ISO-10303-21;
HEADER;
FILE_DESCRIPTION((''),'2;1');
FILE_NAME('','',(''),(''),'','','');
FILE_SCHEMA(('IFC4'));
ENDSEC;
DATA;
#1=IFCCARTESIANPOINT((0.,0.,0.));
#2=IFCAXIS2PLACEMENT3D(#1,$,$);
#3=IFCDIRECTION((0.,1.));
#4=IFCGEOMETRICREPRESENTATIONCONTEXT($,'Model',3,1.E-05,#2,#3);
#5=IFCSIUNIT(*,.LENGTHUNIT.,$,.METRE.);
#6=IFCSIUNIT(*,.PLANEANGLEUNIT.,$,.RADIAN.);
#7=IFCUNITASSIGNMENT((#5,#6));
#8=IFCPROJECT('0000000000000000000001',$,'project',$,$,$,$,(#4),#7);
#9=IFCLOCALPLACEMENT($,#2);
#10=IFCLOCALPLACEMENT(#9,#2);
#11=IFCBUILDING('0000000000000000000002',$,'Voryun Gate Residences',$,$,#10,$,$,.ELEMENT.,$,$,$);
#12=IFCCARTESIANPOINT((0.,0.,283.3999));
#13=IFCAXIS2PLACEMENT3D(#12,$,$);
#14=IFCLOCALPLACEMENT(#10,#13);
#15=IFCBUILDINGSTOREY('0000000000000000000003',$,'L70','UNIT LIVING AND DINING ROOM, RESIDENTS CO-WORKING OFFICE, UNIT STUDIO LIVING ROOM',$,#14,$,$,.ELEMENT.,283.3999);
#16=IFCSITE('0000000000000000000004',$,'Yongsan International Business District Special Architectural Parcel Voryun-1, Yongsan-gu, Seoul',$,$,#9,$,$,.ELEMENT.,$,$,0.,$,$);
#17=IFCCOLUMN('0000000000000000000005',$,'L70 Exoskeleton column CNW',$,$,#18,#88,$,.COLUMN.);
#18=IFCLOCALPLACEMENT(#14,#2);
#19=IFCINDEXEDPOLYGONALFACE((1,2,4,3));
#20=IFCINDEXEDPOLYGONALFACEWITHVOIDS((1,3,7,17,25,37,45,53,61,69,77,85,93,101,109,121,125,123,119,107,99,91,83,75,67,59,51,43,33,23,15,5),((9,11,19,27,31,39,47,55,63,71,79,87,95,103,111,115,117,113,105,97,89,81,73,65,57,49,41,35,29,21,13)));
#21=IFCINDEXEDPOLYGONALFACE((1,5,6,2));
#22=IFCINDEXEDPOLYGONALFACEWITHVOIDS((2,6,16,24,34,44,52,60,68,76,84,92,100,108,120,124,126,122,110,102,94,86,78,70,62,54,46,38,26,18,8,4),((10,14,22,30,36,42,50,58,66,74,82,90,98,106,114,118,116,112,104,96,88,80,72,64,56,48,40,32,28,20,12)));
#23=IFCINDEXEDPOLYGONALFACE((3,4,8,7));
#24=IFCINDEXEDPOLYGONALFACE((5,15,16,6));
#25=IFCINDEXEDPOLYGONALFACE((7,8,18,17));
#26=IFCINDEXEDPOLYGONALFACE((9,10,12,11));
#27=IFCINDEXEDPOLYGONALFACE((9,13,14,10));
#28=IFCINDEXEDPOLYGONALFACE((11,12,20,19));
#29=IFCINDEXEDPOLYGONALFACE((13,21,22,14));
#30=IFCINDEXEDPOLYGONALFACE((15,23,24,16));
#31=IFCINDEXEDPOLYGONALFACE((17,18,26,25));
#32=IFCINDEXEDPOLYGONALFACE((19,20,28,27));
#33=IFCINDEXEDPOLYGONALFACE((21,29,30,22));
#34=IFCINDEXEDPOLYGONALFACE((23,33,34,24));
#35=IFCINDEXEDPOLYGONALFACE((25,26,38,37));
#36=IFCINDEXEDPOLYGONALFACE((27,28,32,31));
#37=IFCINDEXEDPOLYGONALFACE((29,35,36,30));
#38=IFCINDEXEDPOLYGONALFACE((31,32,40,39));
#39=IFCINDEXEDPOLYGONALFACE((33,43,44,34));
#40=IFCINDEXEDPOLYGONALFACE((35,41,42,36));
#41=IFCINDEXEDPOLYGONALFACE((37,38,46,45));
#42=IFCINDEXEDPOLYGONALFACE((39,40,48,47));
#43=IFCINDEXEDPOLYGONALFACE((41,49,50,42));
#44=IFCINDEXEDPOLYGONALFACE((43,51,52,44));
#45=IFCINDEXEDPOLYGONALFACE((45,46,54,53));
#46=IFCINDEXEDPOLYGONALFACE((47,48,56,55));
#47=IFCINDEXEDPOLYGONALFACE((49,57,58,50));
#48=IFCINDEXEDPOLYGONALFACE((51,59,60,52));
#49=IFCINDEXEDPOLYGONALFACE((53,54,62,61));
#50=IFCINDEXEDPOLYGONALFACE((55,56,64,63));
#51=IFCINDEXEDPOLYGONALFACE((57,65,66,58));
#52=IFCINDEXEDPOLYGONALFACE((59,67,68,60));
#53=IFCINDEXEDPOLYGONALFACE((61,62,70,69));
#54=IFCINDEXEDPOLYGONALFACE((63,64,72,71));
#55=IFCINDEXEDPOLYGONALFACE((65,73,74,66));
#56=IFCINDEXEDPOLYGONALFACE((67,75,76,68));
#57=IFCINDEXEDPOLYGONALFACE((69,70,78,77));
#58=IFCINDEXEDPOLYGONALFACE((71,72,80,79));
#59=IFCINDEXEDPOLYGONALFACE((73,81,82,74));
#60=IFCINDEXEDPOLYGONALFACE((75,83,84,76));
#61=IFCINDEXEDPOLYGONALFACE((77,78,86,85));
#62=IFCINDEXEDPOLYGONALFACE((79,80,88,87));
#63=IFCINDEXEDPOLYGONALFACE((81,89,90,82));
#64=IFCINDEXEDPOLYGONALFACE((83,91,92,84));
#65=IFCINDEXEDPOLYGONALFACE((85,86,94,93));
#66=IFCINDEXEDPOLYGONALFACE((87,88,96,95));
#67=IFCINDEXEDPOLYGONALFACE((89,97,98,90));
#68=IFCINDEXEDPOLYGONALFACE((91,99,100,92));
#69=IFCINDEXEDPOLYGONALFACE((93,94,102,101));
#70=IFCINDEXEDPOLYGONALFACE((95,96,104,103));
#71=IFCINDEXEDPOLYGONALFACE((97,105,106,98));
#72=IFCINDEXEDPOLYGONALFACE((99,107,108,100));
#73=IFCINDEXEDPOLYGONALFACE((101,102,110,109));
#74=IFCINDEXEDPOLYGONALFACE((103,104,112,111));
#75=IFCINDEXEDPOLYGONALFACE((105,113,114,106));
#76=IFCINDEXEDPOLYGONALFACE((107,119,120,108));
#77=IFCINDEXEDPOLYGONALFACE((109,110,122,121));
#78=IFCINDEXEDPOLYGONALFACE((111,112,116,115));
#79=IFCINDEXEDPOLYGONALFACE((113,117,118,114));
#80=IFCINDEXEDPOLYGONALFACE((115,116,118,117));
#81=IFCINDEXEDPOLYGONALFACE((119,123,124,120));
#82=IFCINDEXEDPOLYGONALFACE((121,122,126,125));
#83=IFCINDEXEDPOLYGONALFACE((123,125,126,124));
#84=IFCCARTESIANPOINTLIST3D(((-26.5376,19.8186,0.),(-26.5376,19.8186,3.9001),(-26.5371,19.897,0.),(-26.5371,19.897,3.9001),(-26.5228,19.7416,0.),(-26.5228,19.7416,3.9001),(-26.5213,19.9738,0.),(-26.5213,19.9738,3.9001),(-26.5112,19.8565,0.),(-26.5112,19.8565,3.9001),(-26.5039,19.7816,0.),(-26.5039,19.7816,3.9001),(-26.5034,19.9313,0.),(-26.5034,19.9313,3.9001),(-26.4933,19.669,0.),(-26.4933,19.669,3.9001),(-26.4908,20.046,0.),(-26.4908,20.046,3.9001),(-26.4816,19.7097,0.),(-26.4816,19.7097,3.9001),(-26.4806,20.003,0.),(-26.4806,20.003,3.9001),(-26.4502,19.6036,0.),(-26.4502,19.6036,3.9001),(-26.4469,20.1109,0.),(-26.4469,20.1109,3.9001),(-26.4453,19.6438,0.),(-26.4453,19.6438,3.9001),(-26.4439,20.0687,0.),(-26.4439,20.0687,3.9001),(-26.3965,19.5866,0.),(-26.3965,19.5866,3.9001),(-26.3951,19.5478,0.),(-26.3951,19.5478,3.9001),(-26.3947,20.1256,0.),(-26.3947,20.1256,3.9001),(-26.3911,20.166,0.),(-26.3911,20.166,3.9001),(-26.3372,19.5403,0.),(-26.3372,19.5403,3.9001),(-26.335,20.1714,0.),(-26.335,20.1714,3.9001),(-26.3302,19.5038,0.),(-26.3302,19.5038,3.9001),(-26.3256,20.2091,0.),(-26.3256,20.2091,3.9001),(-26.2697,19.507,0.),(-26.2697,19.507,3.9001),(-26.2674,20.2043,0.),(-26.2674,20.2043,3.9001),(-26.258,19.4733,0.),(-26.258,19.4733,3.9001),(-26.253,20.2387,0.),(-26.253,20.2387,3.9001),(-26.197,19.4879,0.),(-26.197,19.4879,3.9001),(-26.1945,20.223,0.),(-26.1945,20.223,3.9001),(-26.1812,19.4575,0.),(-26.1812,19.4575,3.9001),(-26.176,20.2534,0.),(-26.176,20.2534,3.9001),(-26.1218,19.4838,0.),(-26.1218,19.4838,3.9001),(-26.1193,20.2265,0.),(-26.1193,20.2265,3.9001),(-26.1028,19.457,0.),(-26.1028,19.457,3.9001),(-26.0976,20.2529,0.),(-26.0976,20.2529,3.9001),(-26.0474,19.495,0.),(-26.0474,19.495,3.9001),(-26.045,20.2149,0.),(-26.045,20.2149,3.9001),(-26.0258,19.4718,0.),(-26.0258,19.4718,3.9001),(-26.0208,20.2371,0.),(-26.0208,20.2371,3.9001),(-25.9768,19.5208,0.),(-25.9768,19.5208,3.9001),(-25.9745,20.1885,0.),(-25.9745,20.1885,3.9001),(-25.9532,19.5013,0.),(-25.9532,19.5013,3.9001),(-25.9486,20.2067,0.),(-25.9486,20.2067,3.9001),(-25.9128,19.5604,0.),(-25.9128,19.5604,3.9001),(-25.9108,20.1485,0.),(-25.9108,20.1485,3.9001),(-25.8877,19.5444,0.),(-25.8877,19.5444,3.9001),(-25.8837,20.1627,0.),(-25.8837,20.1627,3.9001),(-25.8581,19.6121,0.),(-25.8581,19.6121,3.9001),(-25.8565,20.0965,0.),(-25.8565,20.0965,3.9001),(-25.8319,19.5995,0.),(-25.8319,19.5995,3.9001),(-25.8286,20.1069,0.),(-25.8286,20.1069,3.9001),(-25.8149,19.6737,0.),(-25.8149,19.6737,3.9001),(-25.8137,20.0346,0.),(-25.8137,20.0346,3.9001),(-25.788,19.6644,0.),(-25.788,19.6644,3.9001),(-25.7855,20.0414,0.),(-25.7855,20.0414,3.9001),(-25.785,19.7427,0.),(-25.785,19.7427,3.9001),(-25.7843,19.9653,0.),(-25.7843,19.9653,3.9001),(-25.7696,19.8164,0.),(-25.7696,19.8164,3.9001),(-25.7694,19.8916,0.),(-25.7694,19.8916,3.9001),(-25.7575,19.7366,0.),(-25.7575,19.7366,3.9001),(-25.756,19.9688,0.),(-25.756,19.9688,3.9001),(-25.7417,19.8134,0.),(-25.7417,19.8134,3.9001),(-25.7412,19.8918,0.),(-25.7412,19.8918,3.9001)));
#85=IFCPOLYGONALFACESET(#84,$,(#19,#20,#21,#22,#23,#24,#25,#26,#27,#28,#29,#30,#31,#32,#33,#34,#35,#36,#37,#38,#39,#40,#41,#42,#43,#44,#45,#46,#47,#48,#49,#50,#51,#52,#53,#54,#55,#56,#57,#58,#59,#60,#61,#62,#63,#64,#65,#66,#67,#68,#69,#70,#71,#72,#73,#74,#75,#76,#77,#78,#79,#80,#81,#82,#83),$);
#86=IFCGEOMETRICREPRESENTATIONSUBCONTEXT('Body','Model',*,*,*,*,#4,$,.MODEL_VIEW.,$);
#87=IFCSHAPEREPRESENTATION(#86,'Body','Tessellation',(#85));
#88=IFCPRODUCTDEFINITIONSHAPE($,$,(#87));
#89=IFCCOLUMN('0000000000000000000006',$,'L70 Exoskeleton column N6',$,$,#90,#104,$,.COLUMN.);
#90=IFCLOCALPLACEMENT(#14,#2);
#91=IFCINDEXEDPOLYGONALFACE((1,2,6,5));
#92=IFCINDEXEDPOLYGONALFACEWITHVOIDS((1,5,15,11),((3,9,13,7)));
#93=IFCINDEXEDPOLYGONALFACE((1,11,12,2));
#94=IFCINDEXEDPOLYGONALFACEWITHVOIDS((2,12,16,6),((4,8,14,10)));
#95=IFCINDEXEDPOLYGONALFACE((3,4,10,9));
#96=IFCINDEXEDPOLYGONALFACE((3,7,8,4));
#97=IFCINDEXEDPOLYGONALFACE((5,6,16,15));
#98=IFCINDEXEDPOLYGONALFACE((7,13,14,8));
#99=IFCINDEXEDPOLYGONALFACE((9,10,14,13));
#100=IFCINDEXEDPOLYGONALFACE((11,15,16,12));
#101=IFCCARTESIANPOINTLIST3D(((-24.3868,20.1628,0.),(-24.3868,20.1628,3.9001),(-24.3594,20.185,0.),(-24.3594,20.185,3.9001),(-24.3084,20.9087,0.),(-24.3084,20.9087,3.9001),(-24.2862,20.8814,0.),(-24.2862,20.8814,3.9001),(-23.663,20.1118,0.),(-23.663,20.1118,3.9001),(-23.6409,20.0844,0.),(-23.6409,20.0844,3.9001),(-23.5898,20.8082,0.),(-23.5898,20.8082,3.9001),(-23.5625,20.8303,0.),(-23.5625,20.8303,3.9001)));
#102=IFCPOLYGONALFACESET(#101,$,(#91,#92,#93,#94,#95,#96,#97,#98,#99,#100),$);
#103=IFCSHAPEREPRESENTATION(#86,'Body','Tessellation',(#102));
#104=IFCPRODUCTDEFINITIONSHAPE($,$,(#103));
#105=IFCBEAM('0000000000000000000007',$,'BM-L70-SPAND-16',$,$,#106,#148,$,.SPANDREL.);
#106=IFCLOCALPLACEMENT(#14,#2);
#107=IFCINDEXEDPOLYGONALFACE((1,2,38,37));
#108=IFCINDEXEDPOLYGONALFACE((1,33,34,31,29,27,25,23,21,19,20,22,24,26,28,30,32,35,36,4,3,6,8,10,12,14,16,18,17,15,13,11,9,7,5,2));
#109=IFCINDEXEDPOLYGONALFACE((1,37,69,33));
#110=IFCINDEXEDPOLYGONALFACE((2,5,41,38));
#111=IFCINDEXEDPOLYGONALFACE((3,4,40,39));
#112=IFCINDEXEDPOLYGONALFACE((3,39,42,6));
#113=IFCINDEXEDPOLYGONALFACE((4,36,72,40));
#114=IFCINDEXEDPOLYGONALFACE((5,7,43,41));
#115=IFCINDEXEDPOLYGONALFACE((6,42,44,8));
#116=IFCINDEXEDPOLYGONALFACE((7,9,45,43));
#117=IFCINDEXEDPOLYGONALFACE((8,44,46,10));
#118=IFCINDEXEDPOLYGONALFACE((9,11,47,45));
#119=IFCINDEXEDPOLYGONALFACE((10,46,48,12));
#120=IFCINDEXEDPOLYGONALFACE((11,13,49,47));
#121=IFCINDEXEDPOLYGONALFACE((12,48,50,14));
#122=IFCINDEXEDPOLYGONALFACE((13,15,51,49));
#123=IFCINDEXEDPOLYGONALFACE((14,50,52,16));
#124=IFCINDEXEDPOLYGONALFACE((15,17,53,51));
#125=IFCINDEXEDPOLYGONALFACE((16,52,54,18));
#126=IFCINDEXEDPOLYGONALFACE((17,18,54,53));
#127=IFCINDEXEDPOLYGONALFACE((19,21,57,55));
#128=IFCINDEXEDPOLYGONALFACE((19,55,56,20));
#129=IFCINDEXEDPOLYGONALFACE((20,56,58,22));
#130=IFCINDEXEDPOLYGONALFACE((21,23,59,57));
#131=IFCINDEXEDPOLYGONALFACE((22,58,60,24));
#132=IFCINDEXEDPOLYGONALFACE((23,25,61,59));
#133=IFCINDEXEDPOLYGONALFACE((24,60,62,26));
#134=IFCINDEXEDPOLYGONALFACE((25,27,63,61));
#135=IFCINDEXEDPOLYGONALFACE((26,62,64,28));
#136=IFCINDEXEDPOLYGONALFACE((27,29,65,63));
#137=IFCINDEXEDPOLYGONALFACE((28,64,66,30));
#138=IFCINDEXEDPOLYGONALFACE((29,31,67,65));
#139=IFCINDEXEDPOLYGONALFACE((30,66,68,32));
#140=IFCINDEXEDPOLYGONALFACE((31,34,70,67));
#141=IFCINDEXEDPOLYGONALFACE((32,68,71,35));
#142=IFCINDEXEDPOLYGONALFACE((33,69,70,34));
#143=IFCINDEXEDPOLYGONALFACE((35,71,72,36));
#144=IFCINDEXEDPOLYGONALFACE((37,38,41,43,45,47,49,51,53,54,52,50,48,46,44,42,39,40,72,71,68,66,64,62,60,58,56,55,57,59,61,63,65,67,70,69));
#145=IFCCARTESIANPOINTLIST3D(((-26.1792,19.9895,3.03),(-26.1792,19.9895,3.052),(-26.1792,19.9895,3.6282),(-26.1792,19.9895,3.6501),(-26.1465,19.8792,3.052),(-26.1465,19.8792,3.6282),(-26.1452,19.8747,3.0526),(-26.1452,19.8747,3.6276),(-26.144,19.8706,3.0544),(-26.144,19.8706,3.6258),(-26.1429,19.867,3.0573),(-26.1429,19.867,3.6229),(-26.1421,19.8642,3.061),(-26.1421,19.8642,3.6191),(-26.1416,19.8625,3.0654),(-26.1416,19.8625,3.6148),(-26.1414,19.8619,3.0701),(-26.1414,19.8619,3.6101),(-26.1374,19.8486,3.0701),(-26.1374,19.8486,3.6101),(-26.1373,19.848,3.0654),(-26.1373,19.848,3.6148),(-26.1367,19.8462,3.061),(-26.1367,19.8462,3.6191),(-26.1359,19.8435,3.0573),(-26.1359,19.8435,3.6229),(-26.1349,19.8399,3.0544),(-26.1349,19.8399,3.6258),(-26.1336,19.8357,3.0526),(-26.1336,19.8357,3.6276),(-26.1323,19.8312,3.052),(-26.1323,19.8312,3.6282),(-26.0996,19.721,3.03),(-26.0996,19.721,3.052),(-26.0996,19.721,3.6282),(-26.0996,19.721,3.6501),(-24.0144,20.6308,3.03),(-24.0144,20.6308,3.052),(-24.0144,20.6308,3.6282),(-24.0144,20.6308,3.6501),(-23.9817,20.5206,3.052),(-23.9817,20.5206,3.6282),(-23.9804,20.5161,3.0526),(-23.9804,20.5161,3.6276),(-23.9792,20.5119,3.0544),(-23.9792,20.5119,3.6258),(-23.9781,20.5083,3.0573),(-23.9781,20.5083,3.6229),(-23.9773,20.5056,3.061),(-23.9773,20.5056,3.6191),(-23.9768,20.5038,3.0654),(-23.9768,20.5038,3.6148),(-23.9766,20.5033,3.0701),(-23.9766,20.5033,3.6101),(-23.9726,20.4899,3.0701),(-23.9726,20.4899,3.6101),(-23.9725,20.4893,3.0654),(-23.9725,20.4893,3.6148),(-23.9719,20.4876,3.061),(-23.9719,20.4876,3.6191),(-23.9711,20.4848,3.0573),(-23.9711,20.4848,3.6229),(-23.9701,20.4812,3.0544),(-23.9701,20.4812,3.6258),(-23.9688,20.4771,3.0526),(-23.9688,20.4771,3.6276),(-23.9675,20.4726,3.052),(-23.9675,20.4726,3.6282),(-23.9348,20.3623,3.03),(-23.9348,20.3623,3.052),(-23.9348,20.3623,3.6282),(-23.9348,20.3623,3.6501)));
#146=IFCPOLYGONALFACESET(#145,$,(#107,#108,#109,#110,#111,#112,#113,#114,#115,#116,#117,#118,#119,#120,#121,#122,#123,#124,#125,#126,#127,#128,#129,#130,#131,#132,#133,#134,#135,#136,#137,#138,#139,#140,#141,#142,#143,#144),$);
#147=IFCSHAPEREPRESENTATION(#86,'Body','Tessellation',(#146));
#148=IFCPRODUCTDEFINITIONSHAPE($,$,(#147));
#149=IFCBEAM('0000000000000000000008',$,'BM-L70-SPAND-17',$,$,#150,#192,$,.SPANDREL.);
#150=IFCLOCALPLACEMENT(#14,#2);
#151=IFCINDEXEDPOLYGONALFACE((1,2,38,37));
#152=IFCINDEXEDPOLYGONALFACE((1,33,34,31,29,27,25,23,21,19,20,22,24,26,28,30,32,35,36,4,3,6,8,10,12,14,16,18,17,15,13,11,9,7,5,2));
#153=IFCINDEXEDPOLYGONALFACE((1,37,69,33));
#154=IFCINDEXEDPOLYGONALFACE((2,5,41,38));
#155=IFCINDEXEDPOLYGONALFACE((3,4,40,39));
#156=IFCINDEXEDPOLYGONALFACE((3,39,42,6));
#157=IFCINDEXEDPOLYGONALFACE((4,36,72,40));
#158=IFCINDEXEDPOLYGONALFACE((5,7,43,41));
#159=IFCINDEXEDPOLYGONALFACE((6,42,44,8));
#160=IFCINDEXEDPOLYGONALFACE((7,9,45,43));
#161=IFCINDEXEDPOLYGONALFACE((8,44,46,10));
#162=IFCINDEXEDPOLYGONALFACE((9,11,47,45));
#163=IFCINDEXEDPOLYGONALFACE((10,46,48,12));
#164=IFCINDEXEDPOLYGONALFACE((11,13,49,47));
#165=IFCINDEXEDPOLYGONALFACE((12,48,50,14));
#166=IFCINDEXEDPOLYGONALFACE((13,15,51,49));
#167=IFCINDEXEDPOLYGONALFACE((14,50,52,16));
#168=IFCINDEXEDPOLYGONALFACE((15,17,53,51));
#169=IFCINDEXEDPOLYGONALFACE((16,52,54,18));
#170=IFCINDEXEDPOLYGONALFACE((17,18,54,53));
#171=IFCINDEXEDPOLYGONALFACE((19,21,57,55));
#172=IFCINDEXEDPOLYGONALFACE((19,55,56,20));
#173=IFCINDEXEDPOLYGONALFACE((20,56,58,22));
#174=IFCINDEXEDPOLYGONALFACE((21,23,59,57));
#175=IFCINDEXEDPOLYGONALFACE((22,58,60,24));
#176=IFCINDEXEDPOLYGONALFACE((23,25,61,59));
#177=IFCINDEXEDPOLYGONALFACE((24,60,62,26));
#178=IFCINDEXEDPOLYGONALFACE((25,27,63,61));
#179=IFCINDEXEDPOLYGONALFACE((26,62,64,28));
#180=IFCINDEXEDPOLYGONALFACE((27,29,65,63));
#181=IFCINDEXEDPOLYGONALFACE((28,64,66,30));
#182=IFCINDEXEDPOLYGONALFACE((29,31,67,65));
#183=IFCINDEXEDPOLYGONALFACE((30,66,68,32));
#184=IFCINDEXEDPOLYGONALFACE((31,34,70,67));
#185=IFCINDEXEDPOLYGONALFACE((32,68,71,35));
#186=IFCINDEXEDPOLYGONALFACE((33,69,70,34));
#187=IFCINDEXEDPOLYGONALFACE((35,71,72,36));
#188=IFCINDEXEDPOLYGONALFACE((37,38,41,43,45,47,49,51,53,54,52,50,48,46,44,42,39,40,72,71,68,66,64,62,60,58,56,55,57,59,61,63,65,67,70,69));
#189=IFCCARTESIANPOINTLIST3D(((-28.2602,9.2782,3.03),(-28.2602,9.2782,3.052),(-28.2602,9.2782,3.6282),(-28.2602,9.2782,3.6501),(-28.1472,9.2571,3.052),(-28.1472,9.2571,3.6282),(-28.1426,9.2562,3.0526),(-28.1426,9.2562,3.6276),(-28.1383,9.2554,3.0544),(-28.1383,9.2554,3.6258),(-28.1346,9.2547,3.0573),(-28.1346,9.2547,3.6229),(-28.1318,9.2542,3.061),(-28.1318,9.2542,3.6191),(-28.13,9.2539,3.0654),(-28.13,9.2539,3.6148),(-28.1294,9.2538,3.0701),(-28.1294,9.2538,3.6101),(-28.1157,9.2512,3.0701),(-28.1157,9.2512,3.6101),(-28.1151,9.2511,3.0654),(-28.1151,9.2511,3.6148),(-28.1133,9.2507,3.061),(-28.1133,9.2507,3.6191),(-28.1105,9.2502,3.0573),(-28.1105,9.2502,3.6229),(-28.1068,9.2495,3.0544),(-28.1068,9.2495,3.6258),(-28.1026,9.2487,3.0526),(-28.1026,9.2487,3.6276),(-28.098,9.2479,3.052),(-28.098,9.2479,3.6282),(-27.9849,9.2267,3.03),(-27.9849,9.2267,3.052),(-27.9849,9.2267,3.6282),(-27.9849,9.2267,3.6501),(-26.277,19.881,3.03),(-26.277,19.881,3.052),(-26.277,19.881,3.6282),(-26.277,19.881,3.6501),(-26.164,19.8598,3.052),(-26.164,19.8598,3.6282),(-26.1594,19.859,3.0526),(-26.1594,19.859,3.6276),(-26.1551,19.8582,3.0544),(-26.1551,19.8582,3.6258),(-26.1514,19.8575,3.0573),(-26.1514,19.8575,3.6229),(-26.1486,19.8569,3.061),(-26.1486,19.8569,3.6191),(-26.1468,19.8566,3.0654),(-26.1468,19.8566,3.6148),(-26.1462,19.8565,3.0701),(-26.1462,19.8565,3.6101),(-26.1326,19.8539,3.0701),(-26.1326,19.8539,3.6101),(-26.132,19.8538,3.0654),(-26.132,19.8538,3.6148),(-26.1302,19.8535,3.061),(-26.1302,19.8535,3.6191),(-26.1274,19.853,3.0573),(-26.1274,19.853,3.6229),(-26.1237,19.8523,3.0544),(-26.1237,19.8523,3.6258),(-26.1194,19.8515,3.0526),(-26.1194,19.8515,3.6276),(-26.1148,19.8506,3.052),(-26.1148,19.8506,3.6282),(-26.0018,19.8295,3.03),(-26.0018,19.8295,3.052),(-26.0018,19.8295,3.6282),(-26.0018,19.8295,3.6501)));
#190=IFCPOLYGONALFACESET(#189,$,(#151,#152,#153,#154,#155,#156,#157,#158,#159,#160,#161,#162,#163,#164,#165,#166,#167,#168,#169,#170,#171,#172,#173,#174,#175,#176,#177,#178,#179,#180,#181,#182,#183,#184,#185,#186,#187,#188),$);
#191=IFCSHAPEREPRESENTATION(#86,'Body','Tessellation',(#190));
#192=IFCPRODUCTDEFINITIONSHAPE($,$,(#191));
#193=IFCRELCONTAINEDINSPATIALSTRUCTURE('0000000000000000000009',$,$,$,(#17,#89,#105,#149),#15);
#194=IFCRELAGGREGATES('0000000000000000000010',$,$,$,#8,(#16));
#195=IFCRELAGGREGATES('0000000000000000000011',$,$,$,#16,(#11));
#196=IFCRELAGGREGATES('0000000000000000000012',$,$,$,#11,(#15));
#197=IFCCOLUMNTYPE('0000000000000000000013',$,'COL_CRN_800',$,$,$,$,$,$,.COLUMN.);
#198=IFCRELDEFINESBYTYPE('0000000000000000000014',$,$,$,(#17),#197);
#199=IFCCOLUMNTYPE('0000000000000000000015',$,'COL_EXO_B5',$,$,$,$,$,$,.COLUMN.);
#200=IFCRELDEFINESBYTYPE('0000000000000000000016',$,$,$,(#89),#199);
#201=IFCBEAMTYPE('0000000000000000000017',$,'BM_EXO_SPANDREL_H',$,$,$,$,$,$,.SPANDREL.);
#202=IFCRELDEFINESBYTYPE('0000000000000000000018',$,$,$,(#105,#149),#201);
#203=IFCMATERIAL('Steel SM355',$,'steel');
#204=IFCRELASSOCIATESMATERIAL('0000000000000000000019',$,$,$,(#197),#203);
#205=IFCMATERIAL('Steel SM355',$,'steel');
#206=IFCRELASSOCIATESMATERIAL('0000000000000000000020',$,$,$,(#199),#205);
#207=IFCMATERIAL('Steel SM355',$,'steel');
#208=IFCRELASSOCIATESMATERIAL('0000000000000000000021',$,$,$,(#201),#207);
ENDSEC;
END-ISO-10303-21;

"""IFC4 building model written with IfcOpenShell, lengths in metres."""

from ifc_helpers import new_model, si_unit, direction, frame, origin, origin_2d, place, context, subcontext, project, spatial, hollow_rectangle, hollow_circle, i_section, extrude, material, material_profile, profile_set, type_object, element, save


model = new_model("IFC4")

# Units and contexts
model_context = context("Model", 3, precision=1e-05, world=origin(), true_north=direction((0.0, 1.0)))
body_context = subcontext(model_context, "Body", "Model", "MODEL_VIEW")
ifc_project = project(units=[si_unit("LENGTHUNIT", "METRE"), si_unit("PLANEANGLEUNIT", "RADIAN")], contexts=[model_context])

# Site, building, storey
site_placement = place(None, origin())
site = spatial("IfcSite", under=ifc_project, at=site_placement, Name="Yongsan International Business District Special Architectural Parcel Voryun-1, Yongsan-gu, Seoul", CompositionType="ELEMENT", RefElevation=0.0)
building_placement = place(site_placement, origin())
building = spatial("IfcBuilding", under=site, at=building_placement, Name="Voryun Gate Residences", CompositionType="ELEMENT")
storey_placement = place(building_placement, frame((0.0, 0.0, 283.3999)))
storey = spatial("IfcBuildingStorey", under=building, at=storey_placement, Name="L70", Description="UNIT LIVING AND DINING ROOM, RESIDENTS CO-WORKING OFFICE, UNIT STUDIO LIVING ROOM", CompositionType="ELEMENT", Elevation=283.3999)

# Columns
ifc_material_1 = material(Name="Steel SM355", Category="steel")
ifc_material_profile_1 = material_profile(ifc_material_1, hollow_circle(Radius=0.3999, WallThickness=0.0281, at=origin_2d()), Name="CHS-800x28")
ifc_profile_set_1 = profile_set([ifc_material_profile_1], Name="Steel SM355")
column_type_1 = type_object("IfcColumnType", Name="COL_CRN_800", PredefinedType="COLUMN", material=ifc_profile_set_1)
column_1_placement = place(storey_placement, frame((-26.1394, 19.8552, 0.0), z_axis=(0.0, 0.0, 1.0), x_axis=(0.994522, -0.104528, 0.0)))
element("IfcColumn", 1, at=column_1_placement, inside=storey, type_object=column_type_1, Name="L70 Exoskeleton column CNW", PredefinedType="COLUMN", context=body_context, shape_type="SweptSolid", body=[
    extrude(hollow_circle(Radius=0.3999, WallThickness=0.0281, at=origin_2d()), origin(), (0.0, 0.0, 1.0), 3.9001),
])
ifc_material_2 = material(Name="Steel SM355", Category="steel")
ifc_material_profile_2 = material_profile(ifc_material_2, hollow_rectangle(XDim=0.75, YDim=0.75, WallThickness=0.0249, at=origin_2d()), Name="BOX-750x750x25")
ifc_profile_set_2 = profile_set([ifc_material_profile_2], Name="Steel SM355")
column_type_2 = type_object("IfcColumnType", Name="COL_EXO_B5", PredefinedType="COLUMN", material=ifc_profile_set_2)
column_2_placement = place(storey_placement, frame((-23.9746, 20.4966, 0.0), z_axis=(0.0, 0.0, 1.0), x_axis=(0.994522, -0.104528, 0.0)))
element("IfcColumn", 2, at=column_2_placement, inside=storey, type_object=column_type_2, Name="L70 Exoskeleton column N6", PredefinedType="COLUMN", context=body_context, shape_type="SweptSolid", body=[
    extrude(hollow_rectangle(XDim=0.75, YDim=0.75, WallThickness=0.0249, at=origin_2d()), origin(), (0.0, 0.0, 1.0), 3.9001),
])

# Beams
ifc_material_3 = material(Name="Steel SM355", Category="steel")
ifc_material_profile_3 = material_profile(ifc_material_3, i_section(OverallWidth=0.28, OverallDepth=0.6201, WebThickness=0.0139, FlangeThickness=0.022, FilletRadius=0.0181, at=origin_2d()), Name="H-620x280x14x22")
ifc_profile_set_3 = profile_set([ifc_material_profile_3], Name="Steel SM355")
beam_type = type_object("IfcBeamType", Name="BM_EXO_SPANDREL_H", PredefinedType="SPANDREL", material=ifc_profile_set_3)
beam_1_placement = place(storey_placement, frame((-23.9746, 20.4966, 3.3401), z_axis=(-0.958806, -0.284063, 0.0), x_axis=(0.284063, -0.958806, 0.0)))
element("IfcBeam", 3, at=beam_1_placement, inside=storey, type_object=beam_type, Name="BM-L70-SPAND-16", PredefinedType="SPANDREL", context=body_context, shape_type="SweptSolid", body=[
    extrude(i_section(OverallWidth=0.28, OverallDepth=0.6201, WebThickness=0.0139, FlangeThickness=0.022, FilletRadius=0.0181, at=origin_2d()), origin(), (0.0, 0.0, 1.0), 2.2578),
])
beam_2_placement = place(storey_placement, frame((-26.1394, 19.8552, 3.3401), z_axis=(-0.183853, -0.982954, 0.0), x_axis=(0.982954, -0.183853, 0.0)))
element("IfcBeam", 4, at=beam_2_placement, inside=storey, type_object=beam_type, Name="BM-L70-SPAND-17", PredefinedType="SPANDREL", context=body_context, shape_type="SweptSolid", body=[
    extrude(i_section(OverallWidth=0.28, OverallDepth=0.6201, WebThickness=0.0139, FlangeThickness=0.022, FilletRadius=0.0181, at=origin_2d()), origin(), (0.0, 0.0, 1.0), 10.7866),
])

save(model, "model.ifc")
